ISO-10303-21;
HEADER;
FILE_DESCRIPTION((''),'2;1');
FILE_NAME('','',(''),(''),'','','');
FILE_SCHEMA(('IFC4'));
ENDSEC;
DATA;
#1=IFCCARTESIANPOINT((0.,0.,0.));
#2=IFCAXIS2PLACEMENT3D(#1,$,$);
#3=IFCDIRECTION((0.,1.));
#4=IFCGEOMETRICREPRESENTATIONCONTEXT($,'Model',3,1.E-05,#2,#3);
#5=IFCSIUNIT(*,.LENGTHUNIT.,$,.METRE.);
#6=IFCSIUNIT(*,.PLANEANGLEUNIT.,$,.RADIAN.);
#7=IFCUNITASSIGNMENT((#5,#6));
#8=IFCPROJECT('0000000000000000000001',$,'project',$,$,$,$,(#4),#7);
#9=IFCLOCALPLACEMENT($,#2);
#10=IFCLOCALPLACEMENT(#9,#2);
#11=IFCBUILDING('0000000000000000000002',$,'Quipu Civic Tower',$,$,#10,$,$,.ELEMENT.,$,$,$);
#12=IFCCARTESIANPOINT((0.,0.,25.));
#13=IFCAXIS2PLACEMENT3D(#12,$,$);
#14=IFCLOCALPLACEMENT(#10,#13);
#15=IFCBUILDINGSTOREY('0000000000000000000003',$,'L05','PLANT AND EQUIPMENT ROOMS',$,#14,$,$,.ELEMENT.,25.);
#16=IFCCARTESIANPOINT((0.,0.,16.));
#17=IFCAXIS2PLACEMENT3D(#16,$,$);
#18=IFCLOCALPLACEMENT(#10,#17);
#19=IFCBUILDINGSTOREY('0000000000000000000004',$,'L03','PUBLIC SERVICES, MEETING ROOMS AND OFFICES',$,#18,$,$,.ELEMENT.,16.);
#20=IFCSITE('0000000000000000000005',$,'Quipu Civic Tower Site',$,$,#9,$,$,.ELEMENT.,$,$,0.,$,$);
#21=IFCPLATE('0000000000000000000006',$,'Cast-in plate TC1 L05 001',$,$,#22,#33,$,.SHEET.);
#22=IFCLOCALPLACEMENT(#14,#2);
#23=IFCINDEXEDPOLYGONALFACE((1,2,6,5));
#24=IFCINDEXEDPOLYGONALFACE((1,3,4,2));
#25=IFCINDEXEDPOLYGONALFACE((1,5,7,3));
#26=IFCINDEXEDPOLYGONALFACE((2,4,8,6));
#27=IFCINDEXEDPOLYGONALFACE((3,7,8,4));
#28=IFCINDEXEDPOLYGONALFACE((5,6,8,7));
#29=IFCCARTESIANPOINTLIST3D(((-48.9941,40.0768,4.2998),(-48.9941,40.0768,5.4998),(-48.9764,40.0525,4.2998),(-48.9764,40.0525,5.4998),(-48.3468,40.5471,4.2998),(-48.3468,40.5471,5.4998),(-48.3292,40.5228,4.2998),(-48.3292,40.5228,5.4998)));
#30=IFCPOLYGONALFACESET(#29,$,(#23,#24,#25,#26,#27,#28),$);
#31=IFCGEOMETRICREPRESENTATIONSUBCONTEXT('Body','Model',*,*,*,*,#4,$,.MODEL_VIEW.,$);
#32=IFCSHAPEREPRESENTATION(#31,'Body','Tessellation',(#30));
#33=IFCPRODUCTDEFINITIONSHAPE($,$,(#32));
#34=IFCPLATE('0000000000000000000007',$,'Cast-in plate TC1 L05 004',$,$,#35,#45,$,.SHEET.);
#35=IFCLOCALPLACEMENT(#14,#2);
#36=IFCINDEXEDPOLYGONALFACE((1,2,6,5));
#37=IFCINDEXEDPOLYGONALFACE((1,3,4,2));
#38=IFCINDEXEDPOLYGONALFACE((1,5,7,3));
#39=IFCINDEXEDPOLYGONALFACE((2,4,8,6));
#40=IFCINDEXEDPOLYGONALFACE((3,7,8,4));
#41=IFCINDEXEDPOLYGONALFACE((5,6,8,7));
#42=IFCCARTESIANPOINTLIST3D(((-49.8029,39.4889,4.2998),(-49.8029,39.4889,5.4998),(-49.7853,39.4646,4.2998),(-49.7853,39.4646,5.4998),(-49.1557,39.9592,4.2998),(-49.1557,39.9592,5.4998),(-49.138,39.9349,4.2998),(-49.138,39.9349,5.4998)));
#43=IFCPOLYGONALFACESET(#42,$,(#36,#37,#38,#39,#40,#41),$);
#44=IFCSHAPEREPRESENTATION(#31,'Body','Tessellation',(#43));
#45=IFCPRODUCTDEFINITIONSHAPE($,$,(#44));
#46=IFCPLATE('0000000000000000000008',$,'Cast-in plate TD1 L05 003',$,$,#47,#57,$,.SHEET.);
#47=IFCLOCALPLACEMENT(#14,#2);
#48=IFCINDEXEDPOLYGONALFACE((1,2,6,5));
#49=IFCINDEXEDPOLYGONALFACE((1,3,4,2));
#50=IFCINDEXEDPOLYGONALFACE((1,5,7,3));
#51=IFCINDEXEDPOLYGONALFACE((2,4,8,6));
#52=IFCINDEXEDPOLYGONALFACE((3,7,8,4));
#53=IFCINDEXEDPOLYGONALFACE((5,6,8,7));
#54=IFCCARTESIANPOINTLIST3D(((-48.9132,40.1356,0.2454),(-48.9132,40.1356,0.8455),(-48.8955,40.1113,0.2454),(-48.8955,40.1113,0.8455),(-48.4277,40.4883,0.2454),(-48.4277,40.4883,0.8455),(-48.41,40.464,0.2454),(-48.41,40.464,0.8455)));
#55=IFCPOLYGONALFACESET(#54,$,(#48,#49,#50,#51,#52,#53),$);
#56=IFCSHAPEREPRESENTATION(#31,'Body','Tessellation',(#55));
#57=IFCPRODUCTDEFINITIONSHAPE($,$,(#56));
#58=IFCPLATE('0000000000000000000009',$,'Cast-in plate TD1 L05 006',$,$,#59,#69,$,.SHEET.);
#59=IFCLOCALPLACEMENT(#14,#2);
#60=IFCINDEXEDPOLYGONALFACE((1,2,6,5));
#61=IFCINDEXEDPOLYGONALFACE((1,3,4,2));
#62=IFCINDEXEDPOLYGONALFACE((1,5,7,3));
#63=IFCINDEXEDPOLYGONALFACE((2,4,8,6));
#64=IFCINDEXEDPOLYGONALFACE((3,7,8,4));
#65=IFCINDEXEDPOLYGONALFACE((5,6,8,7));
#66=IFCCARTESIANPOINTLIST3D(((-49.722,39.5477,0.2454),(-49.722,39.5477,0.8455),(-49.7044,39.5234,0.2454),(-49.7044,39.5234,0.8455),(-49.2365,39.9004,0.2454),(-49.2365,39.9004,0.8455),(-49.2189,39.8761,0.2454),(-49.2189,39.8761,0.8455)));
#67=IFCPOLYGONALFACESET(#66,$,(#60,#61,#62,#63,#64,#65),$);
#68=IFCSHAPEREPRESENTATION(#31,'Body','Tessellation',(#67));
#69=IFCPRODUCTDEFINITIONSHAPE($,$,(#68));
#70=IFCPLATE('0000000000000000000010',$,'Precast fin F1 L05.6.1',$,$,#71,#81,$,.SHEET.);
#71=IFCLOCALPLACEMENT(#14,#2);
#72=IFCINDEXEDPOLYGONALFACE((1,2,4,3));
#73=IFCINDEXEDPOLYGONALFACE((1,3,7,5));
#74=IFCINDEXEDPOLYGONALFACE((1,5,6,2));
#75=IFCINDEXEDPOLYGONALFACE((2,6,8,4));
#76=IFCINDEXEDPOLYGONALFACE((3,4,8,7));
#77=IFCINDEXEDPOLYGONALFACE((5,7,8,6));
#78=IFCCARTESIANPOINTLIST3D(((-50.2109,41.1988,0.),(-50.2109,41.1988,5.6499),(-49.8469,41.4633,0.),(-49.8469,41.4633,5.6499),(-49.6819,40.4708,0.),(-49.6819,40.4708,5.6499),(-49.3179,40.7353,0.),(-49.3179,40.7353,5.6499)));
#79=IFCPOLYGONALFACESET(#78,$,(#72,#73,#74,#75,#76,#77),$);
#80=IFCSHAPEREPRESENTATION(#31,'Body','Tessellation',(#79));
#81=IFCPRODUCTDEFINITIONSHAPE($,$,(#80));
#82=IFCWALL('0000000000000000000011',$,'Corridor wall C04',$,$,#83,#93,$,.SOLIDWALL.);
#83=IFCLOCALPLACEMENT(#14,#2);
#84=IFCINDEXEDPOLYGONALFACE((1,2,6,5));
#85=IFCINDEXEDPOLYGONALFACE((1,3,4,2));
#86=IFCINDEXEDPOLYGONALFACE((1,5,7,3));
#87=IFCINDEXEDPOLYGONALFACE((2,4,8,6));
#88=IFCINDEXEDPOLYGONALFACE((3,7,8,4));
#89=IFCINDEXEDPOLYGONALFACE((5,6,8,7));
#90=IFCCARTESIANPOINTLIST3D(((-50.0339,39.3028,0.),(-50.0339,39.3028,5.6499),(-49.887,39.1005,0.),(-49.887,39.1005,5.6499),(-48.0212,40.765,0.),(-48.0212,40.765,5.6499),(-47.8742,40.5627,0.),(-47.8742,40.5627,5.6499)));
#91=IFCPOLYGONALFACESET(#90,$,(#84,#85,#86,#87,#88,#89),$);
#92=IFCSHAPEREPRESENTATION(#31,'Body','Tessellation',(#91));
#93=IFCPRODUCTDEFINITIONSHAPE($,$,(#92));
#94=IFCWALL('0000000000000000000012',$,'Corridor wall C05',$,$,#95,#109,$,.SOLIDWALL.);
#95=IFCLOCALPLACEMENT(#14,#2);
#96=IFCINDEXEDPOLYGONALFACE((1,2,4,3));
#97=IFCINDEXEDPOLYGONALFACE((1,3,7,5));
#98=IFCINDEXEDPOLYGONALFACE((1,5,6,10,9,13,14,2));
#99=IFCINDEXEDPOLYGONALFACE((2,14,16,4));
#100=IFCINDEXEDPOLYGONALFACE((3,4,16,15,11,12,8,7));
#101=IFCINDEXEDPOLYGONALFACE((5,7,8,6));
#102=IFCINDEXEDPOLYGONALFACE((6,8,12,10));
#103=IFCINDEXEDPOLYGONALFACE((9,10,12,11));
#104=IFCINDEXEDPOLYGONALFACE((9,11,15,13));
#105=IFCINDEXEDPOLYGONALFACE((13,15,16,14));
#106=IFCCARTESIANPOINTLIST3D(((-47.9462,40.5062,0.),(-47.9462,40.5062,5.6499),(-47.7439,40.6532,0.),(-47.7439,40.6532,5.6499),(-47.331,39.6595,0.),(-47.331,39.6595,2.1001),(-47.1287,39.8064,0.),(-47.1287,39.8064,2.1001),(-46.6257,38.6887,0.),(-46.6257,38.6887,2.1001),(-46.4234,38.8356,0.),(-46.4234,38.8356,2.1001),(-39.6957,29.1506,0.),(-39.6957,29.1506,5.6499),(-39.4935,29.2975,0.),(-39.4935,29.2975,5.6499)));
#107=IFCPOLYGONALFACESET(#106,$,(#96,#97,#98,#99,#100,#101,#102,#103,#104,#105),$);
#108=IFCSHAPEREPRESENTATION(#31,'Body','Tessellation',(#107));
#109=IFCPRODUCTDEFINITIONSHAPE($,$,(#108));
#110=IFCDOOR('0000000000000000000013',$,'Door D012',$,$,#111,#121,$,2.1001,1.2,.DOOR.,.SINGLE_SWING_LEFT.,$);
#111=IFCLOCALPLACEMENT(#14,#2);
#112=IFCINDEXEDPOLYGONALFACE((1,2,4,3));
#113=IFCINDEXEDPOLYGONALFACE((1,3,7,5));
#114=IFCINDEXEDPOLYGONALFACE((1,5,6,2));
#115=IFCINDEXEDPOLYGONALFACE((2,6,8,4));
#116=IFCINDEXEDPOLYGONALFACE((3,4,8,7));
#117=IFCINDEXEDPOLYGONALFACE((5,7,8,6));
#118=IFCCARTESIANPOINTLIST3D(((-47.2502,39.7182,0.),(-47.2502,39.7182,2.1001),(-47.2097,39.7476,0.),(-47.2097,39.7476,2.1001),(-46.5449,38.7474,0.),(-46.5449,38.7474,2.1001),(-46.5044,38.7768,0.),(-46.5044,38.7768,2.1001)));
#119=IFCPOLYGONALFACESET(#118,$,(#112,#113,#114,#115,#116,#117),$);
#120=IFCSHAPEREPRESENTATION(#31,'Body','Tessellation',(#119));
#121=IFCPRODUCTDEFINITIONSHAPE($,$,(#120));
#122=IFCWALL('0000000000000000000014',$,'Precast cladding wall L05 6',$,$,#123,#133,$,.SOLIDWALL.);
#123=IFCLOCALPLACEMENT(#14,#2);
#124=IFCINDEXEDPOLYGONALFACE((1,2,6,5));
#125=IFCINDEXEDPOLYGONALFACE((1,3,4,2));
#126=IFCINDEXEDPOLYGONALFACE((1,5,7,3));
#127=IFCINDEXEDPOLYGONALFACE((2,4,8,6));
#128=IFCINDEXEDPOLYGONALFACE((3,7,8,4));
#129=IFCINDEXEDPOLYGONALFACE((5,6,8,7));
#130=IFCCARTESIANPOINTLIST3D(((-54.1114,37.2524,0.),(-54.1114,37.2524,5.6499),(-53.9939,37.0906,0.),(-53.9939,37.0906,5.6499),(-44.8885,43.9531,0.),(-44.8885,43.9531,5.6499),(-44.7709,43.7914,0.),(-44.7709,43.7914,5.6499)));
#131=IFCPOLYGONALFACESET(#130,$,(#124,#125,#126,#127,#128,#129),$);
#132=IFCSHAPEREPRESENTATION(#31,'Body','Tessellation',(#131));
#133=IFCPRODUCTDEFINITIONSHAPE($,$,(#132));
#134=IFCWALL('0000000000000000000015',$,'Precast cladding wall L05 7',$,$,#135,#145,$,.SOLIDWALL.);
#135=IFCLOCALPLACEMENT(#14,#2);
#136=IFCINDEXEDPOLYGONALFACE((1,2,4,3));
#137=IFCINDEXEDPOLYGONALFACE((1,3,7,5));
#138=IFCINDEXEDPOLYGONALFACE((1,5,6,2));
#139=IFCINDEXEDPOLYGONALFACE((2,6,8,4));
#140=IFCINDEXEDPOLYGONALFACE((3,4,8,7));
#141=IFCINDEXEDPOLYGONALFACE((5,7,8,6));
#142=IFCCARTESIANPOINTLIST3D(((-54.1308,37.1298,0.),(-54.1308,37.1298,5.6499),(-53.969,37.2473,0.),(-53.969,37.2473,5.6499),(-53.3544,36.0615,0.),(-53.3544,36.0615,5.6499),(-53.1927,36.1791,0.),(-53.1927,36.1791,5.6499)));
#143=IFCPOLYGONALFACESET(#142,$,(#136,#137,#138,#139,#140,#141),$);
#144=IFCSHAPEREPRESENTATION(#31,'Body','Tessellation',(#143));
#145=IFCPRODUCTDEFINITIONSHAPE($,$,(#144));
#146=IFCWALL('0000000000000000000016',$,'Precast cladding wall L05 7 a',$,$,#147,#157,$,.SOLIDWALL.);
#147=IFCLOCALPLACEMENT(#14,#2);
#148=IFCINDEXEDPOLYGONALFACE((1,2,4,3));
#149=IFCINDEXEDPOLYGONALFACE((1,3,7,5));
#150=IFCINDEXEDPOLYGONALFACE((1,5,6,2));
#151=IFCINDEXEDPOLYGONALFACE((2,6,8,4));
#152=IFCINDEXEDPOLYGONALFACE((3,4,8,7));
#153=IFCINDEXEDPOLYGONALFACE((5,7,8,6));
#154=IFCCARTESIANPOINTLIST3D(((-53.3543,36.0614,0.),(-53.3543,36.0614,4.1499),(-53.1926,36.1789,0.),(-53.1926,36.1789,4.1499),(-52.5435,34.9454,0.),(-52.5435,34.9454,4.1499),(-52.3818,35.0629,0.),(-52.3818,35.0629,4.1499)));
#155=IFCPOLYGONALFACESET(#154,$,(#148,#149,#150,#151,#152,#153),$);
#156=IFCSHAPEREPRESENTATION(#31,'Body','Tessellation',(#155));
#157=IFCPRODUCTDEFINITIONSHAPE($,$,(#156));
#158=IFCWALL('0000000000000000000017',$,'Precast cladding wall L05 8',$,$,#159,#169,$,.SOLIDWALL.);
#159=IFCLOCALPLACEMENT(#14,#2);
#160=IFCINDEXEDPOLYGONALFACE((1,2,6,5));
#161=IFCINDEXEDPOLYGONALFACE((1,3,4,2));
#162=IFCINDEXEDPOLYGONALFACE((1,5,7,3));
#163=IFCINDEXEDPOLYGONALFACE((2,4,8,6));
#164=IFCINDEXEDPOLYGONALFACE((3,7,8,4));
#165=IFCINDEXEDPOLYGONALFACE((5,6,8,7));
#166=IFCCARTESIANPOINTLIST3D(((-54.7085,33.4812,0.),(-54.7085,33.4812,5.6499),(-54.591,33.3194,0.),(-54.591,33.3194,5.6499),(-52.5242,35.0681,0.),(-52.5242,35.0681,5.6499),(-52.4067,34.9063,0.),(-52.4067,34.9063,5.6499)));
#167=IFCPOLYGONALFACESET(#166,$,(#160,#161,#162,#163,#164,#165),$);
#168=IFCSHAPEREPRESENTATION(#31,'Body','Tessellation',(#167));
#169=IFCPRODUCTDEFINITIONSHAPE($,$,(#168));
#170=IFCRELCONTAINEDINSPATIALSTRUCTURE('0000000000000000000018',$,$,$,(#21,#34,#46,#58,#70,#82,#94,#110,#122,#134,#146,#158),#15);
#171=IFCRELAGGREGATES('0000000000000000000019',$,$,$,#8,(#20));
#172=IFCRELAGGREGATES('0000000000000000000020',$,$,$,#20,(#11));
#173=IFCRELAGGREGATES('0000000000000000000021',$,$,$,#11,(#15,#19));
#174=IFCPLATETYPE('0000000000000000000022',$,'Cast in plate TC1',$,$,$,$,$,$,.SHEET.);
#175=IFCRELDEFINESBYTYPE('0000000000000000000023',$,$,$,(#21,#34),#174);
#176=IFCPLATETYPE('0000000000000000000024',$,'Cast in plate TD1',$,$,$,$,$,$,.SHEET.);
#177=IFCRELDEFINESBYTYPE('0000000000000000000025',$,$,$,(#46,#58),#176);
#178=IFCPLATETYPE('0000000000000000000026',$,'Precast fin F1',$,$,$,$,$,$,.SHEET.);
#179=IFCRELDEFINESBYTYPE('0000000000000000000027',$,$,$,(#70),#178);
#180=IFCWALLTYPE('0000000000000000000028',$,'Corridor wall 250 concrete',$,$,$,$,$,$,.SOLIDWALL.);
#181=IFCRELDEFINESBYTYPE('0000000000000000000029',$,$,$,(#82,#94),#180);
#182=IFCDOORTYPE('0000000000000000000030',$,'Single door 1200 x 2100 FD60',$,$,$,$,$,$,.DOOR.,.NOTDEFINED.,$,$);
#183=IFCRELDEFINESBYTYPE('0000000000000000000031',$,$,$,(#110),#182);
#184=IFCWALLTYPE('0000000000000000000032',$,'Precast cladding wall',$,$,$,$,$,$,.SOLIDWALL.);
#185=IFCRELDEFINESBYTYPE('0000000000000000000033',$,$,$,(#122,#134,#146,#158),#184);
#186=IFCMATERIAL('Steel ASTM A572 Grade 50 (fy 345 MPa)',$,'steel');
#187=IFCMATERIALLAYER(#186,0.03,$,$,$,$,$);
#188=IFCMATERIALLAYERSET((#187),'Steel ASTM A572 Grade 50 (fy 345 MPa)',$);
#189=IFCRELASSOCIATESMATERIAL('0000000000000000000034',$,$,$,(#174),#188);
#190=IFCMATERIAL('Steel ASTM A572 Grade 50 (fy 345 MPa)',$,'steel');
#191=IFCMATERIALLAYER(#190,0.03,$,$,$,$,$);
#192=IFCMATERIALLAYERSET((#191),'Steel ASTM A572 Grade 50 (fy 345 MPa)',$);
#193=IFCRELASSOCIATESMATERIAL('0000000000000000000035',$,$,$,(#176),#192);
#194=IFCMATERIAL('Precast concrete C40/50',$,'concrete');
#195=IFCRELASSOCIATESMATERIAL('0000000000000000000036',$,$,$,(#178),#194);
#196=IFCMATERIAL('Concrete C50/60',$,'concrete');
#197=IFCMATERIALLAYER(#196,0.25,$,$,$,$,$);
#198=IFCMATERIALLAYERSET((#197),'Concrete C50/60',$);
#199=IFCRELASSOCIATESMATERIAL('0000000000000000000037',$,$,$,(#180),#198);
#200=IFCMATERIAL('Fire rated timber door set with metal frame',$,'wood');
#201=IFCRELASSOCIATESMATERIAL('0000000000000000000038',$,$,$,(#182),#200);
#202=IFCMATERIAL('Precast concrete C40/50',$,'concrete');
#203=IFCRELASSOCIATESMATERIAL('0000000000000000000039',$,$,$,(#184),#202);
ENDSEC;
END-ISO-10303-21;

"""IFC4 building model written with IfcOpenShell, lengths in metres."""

from ifc_helpers import new_model, si_unit, direction, frame, frame_2d, origin, origin_2d, place, context, subcontext, project, spatial, rectangle, extrude, material, layer, layer_set, type_object, element, fill, save


model = new_model("IFC4")

# Units and contexts
model_context = context("Model", 3, precision=1e-05, world=origin(), true_north=direction((0.0, 1.0)))
body_context = subcontext(model_context, "Body", "Model", "MODEL_VIEW")
ifc_project = project(units=[si_unit("LENGTHUNIT", "METRE"), si_unit("PLANEANGLEUNIT", "RADIAN")], contexts=[model_context])

# Site, building, storey
site_placement = place(None, origin())
site = spatial("IfcSite", under=ifc_project, at=site_placement, Name="Quipu Civic Tower Site", CompositionType="ELEMENT", RefElevation=0.0)
building_placement = place(site_placement, origin())
building = spatial("IfcBuilding", under=site, at=building_placement, Name="Quipu Civic Tower", CompositionType="ELEMENT")
storey_1_placement = place(building_placement, frame((0.0, 0.0, 25.0)))
storey_1 = spatial("IfcBuildingStorey", under=building, at=storey_1_placement, Name="L05", Description="PLANT AND EQUIPMENT ROOMS", CompositionType="ELEMENT", Elevation=25.0)

# Shared definitions
storey_2_placement = place(building_placement, frame((0.0, 0.0, 16.0)))
storey_2 = spatial("IfcBuildingStorey", under=building, at=storey_2_placement, Name="L03", Description="PUBLIC SERVICES, MEETING ROOMS AND OFFICES", CompositionType="ELEMENT", Elevation=16.0)

# Plates
ifc_material_1 = material(Name="Steel ASTM A572 Grade 50 (fy 345 MPa)", Category="steel")
ifc_layer_1 = layer(ifc_material_1, 0.03)
ifc_layer_set_1 = layer_set([ifc_layer_1], Name="Steel ASTM A572 Grade 50 (fy 345 MPa)")
plate_type_1 = type_object("IfcPlateType", Name="Cast in plate TC1", PredefinedType="SHEET", material=ifc_layer_set_1)
for number, where, z_axis, x_axis, name in (
    (1, (-48.6616, 40.2998, 4.2998), (0.0, 0.0, 1.0), (0.809027, 0.587771, 0.0), "Cast-in plate TC1 L05 001"),
    (2, (-49.4705, 39.7119, 4.2998), (0.0, 0.0, 1.0), (0.809027, 0.587771, 0.0), "Cast-in plate TC1 L05 004"),
):
    element("IfcPlate", number, at=place(storey_1_placement, frame(where, z_axis=z_axis, x_axis=x_axis)), inside=storey_1, type_object=plate_type_1, Name=name, PredefinedType="SHEET", context=body_context, shape_type="SweptSolid", body=[
        extrude(rectangle(XDim=0.8, YDim=0.03, at=origin_2d()), origin(), (0.0, 0.0, 1.0), 1.2),
    ])
ifc_material_2 = material(Name="Steel ASTM A572 Grade 50 (fy 345 MPa)", Category="steel")
ifc_layer_2 = layer(ifc_material_2, 0.03)
ifc_layer_set_2 = layer_set([ifc_layer_2], Name="Steel ASTM A572 Grade 50 (fy 345 MPa)")
plate_type_2 = type_object("IfcPlateType", Name="Cast in plate TD1", PredefinedType="SHEET", material=ifc_layer_set_2)
for number, where, z_axis, x_axis, name in (
    (3, (-48.6616, 40.2998, 0.2454), (0.0, 0.0, 1.0), (0.809027, 0.587771, 0.0), "Cast-in plate TD1 L05 003"),
    (4, (-49.4705, 39.7119, 0.2454), (0.0, 0.0, 1.0), (0.809027, 0.587771, 0.0), "Cast-in plate TD1 L05 006"),
):
    element("IfcPlate", number, at=place(storey_1_placement, frame(where, z_axis=z_axis, x_axis=x_axis)), inside=storey_1, type_object=plate_type_2, Name=name, PredefinedType="SHEET", context=body_context, shape_type="SweptSolid", body=[
        extrude(rectangle(XDim=0.6001, YDim=0.03, at=origin_2d()), origin(), (0.0, 0.0, 1.0), 0.6001),
    ])
ifc_material_3 = material(Name="Precast concrete C40/50", Category="concrete")
plate_type_3 = type_object("IfcPlateType", Name="Precast fin F1", PredefinedType="SHEET", material=ifc_material_3)
plate_placement = place(storey_1_placement, frame((-49.7644, 40.967, 0.0), z_axis=(0.0, 0.0, 1.0), x_axis=(-0.809021, -0.587779, 0.0)))
element("IfcPlate", 5, at=plate_placement, inside=storey_1, type_object=plate_type_3, Name="Precast fin F1 L05.6.1", PredefinedType="SHEET", context=body_context, shape_type="SweptSolid", body=[
    extrude(rectangle(XDim=0.45, YDim=0.8999, at=origin_2d()), origin(), (0.0, 0.0, 1.0), 5.6499),
])

# Wall
ifc_material_4 = material(Name="Concrete C50/60", Category="concrete")
ifc_layer_3 = layer(ifc_material_4, 0.25)
ifc_layer_set_3 = layer_set([ifc_layer_3], Name="Concrete C50/60")
wall_type_1 = type_object("IfcWallType", Name="Corridor wall 250 concrete", PredefinedType="SOLIDWALL", material=ifc_layer_set_3)
wall_1_placement = place(storey_1_placement, frame((-49.9604, 39.2017, 0.0), z_axis=(0.0, 0.0, 1.0), x_axis=(0.809046, 0.587746, 0.0)))
element("IfcWall", 6, at=wall_1_placement, inside=storey_1, type_object=wall_type_1, Name="Corridor wall C04", PredefinedType="SOLIDWALL", context=body_context, shape_type="SweptSolid", body=[
    extrude(rectangle(XDim=2.4878, YDim=0.25, at=frame_2d((1.2439, 0.0))), origin(), (0.0, 0.0, 1.0), 5.6499),
])

# Wall, opening, door
wall_2_placement = place(storey_1_placement, frame((-47.845, 40.5796, 0.0), z_axis=(0.0, 0.0, 1.0), x_axis=(0.587789, -0.809014, 0.0)))
wall_2 = element("IfcWall", 7, at=wall_2_placement, inside=storey_1, type_object=wall_type_1, Name="Corridor wall C05", PredefinedType="SOLIDWALL", context=body_context, shape_type="SweptSolid", body=[
    extrude(rectangle(XDim=14.0364, YDim=0.25, at=frame_2d((7.0181, 0.0))), origin(), (0.0, 0.0, 1.0), 5.6499),
])
opening_placement = place(wall_2_placement, frame((1.0464, 0.0, 0.0)))
opening = element("IfcOpeningElement", 8, at=opening_placement, cuts=wall_2, PredefinedType="OPENING", context=body_context, shape_type="SweptSolid", body=[
    extrude(rectangle(XDim=1.2, YDim=2.1001, at=frame_2d((0.6001, 1.05))), frame((0.0, 0.135, 0.0), z_axis=(0.0, -1.0, 0.0), x_axis=(1.0, 0.0, 0.0)), (0.0, 0.0, 1.0), 0.27),
])
ifc_material_5 = material(Name="Fire rated timber door set with metal frame", Category="wood")
door_type = type_object("IfcDoorType", Name="Single door 1200 x 2100 FD60", OperationType="NOTDEFINED", PredefinedType="DOOR", material=ifc_material_5)
door_placement = place(opening_placement, origin())
door = element("IfcDoor", 9, at=door_placement, inside=storey_1, type_object=door_type, Name="Door D012", OperationType="SINGLE_SWING_LEFT", OverallHeight=2.1001, OverallWidth=1.2, PredefinedType="DOOR", context=body_context, shape_type="SweptSolid", body=[
    extrude(rectangle(XDim=1.2, YDim=2.1001, at=frame_2d((0.6001, 1.05))), frame((0.0, 0.0249, 0.0), z_axis=(0.0, -1.0, 0.0), x_axis=(1.0, 0.0, 0.0)), (0.0, 0.0, 1.0), 0.05),
])
fill(opening, door)

# Walls
ifc_material_6 = material(Name="Precast concrete C40/50", Category="concrete")
wall_type_2 = type_object("IfcWallType", Name="Precast cladding wall", PredefinedType="SOLIDWALL", material=ifc_material_6)
wall_3_placement = place(storey_1_placement, frame((-44.8296, 43.8723, 0.0), z_axis=(0.0, 0.0, 1.0), x_axis=(-0.809023, -0.587777, 0.0)))
element("IfcWall", 10, at=wall_3_placement, inside=storey_1, type_object=wall_type_2, Name="Precast cladding wall L05 6", PredefinedType="SOLIDWALL", context=body_context, shape_type="SweptSolid", body=[
    extrude(rectangle(XDim=11.4001, YDim=0.2, at=frame_2d((5.7002, 0.0))), origin(), (0.0, 0.0, 1.0), 5.6499),
])
wall_4_placement = place(storey_1_placement, frame((-54.0498, 37.1885, 0.0), z_axis=(0.0, 0.0, 1.0), x_axis=(0.587864, -0.80896, 0.0)))
element("IfcWall", 11, at=wall_4_placement, inside=storey_1, type_object=wall_type_2, Name="Precast cladding wall L05 7", PredefinedType="SOLIDWALL", context=body_context, shape_type="SweptSolid", body=[
    extrude(rectangle(XDim=1.3206, YDim=0.2, at=frame_2d((0.6602, 0.0))), origin(), (0.0, 0.0, 1.0), 5.6499),
])
wall_5_placement = place(storey_1_placement, frame((-53.2734, 36.1201, 0.0), z_axis=(0.0, 0.0, 1.0), x_axis=(0.587782, -0.809019, 0.0)))
element("IfcWall", 12, at=wall_5_placement, inside=storey_1, type_object=wall_type_2, Name="Precast cladding wall L05 7 a", PredefinedType="SOLIDWALL", context=body_context, shape_type="SweptSolid", body=[
    extrude(rectangle(XDim=1.3794, YDim=0.2, at=frame_2d((0.6897, 0.0))), origin(), (0.0, 0.0, 1.0), 4.1499),
])
wall_6_placement = place(storey_1_placement, frame((-52.4653, 34.9873, 0.0), z_axis=(0.0, 0.0, 1.0), x_axis=(-0.809033, -0.587763, 0.0)))
element("IfcWall", 13, at=wall_6_placement, inside=storey_1, type_object=wall_type_2, Name="Precast cladding wall L05 8", PredefinedType="SOLIDWALL", context=body_context, shape_type="SweptSolid", body=[
    extrude(rectangle(XDim=2.7, YDim=0.2, at=frame_2d((1.3501, 0.0))), origin(), (0.0, 0.0, 1.0), 5.6499),
])

save(model, "model.ifc")
